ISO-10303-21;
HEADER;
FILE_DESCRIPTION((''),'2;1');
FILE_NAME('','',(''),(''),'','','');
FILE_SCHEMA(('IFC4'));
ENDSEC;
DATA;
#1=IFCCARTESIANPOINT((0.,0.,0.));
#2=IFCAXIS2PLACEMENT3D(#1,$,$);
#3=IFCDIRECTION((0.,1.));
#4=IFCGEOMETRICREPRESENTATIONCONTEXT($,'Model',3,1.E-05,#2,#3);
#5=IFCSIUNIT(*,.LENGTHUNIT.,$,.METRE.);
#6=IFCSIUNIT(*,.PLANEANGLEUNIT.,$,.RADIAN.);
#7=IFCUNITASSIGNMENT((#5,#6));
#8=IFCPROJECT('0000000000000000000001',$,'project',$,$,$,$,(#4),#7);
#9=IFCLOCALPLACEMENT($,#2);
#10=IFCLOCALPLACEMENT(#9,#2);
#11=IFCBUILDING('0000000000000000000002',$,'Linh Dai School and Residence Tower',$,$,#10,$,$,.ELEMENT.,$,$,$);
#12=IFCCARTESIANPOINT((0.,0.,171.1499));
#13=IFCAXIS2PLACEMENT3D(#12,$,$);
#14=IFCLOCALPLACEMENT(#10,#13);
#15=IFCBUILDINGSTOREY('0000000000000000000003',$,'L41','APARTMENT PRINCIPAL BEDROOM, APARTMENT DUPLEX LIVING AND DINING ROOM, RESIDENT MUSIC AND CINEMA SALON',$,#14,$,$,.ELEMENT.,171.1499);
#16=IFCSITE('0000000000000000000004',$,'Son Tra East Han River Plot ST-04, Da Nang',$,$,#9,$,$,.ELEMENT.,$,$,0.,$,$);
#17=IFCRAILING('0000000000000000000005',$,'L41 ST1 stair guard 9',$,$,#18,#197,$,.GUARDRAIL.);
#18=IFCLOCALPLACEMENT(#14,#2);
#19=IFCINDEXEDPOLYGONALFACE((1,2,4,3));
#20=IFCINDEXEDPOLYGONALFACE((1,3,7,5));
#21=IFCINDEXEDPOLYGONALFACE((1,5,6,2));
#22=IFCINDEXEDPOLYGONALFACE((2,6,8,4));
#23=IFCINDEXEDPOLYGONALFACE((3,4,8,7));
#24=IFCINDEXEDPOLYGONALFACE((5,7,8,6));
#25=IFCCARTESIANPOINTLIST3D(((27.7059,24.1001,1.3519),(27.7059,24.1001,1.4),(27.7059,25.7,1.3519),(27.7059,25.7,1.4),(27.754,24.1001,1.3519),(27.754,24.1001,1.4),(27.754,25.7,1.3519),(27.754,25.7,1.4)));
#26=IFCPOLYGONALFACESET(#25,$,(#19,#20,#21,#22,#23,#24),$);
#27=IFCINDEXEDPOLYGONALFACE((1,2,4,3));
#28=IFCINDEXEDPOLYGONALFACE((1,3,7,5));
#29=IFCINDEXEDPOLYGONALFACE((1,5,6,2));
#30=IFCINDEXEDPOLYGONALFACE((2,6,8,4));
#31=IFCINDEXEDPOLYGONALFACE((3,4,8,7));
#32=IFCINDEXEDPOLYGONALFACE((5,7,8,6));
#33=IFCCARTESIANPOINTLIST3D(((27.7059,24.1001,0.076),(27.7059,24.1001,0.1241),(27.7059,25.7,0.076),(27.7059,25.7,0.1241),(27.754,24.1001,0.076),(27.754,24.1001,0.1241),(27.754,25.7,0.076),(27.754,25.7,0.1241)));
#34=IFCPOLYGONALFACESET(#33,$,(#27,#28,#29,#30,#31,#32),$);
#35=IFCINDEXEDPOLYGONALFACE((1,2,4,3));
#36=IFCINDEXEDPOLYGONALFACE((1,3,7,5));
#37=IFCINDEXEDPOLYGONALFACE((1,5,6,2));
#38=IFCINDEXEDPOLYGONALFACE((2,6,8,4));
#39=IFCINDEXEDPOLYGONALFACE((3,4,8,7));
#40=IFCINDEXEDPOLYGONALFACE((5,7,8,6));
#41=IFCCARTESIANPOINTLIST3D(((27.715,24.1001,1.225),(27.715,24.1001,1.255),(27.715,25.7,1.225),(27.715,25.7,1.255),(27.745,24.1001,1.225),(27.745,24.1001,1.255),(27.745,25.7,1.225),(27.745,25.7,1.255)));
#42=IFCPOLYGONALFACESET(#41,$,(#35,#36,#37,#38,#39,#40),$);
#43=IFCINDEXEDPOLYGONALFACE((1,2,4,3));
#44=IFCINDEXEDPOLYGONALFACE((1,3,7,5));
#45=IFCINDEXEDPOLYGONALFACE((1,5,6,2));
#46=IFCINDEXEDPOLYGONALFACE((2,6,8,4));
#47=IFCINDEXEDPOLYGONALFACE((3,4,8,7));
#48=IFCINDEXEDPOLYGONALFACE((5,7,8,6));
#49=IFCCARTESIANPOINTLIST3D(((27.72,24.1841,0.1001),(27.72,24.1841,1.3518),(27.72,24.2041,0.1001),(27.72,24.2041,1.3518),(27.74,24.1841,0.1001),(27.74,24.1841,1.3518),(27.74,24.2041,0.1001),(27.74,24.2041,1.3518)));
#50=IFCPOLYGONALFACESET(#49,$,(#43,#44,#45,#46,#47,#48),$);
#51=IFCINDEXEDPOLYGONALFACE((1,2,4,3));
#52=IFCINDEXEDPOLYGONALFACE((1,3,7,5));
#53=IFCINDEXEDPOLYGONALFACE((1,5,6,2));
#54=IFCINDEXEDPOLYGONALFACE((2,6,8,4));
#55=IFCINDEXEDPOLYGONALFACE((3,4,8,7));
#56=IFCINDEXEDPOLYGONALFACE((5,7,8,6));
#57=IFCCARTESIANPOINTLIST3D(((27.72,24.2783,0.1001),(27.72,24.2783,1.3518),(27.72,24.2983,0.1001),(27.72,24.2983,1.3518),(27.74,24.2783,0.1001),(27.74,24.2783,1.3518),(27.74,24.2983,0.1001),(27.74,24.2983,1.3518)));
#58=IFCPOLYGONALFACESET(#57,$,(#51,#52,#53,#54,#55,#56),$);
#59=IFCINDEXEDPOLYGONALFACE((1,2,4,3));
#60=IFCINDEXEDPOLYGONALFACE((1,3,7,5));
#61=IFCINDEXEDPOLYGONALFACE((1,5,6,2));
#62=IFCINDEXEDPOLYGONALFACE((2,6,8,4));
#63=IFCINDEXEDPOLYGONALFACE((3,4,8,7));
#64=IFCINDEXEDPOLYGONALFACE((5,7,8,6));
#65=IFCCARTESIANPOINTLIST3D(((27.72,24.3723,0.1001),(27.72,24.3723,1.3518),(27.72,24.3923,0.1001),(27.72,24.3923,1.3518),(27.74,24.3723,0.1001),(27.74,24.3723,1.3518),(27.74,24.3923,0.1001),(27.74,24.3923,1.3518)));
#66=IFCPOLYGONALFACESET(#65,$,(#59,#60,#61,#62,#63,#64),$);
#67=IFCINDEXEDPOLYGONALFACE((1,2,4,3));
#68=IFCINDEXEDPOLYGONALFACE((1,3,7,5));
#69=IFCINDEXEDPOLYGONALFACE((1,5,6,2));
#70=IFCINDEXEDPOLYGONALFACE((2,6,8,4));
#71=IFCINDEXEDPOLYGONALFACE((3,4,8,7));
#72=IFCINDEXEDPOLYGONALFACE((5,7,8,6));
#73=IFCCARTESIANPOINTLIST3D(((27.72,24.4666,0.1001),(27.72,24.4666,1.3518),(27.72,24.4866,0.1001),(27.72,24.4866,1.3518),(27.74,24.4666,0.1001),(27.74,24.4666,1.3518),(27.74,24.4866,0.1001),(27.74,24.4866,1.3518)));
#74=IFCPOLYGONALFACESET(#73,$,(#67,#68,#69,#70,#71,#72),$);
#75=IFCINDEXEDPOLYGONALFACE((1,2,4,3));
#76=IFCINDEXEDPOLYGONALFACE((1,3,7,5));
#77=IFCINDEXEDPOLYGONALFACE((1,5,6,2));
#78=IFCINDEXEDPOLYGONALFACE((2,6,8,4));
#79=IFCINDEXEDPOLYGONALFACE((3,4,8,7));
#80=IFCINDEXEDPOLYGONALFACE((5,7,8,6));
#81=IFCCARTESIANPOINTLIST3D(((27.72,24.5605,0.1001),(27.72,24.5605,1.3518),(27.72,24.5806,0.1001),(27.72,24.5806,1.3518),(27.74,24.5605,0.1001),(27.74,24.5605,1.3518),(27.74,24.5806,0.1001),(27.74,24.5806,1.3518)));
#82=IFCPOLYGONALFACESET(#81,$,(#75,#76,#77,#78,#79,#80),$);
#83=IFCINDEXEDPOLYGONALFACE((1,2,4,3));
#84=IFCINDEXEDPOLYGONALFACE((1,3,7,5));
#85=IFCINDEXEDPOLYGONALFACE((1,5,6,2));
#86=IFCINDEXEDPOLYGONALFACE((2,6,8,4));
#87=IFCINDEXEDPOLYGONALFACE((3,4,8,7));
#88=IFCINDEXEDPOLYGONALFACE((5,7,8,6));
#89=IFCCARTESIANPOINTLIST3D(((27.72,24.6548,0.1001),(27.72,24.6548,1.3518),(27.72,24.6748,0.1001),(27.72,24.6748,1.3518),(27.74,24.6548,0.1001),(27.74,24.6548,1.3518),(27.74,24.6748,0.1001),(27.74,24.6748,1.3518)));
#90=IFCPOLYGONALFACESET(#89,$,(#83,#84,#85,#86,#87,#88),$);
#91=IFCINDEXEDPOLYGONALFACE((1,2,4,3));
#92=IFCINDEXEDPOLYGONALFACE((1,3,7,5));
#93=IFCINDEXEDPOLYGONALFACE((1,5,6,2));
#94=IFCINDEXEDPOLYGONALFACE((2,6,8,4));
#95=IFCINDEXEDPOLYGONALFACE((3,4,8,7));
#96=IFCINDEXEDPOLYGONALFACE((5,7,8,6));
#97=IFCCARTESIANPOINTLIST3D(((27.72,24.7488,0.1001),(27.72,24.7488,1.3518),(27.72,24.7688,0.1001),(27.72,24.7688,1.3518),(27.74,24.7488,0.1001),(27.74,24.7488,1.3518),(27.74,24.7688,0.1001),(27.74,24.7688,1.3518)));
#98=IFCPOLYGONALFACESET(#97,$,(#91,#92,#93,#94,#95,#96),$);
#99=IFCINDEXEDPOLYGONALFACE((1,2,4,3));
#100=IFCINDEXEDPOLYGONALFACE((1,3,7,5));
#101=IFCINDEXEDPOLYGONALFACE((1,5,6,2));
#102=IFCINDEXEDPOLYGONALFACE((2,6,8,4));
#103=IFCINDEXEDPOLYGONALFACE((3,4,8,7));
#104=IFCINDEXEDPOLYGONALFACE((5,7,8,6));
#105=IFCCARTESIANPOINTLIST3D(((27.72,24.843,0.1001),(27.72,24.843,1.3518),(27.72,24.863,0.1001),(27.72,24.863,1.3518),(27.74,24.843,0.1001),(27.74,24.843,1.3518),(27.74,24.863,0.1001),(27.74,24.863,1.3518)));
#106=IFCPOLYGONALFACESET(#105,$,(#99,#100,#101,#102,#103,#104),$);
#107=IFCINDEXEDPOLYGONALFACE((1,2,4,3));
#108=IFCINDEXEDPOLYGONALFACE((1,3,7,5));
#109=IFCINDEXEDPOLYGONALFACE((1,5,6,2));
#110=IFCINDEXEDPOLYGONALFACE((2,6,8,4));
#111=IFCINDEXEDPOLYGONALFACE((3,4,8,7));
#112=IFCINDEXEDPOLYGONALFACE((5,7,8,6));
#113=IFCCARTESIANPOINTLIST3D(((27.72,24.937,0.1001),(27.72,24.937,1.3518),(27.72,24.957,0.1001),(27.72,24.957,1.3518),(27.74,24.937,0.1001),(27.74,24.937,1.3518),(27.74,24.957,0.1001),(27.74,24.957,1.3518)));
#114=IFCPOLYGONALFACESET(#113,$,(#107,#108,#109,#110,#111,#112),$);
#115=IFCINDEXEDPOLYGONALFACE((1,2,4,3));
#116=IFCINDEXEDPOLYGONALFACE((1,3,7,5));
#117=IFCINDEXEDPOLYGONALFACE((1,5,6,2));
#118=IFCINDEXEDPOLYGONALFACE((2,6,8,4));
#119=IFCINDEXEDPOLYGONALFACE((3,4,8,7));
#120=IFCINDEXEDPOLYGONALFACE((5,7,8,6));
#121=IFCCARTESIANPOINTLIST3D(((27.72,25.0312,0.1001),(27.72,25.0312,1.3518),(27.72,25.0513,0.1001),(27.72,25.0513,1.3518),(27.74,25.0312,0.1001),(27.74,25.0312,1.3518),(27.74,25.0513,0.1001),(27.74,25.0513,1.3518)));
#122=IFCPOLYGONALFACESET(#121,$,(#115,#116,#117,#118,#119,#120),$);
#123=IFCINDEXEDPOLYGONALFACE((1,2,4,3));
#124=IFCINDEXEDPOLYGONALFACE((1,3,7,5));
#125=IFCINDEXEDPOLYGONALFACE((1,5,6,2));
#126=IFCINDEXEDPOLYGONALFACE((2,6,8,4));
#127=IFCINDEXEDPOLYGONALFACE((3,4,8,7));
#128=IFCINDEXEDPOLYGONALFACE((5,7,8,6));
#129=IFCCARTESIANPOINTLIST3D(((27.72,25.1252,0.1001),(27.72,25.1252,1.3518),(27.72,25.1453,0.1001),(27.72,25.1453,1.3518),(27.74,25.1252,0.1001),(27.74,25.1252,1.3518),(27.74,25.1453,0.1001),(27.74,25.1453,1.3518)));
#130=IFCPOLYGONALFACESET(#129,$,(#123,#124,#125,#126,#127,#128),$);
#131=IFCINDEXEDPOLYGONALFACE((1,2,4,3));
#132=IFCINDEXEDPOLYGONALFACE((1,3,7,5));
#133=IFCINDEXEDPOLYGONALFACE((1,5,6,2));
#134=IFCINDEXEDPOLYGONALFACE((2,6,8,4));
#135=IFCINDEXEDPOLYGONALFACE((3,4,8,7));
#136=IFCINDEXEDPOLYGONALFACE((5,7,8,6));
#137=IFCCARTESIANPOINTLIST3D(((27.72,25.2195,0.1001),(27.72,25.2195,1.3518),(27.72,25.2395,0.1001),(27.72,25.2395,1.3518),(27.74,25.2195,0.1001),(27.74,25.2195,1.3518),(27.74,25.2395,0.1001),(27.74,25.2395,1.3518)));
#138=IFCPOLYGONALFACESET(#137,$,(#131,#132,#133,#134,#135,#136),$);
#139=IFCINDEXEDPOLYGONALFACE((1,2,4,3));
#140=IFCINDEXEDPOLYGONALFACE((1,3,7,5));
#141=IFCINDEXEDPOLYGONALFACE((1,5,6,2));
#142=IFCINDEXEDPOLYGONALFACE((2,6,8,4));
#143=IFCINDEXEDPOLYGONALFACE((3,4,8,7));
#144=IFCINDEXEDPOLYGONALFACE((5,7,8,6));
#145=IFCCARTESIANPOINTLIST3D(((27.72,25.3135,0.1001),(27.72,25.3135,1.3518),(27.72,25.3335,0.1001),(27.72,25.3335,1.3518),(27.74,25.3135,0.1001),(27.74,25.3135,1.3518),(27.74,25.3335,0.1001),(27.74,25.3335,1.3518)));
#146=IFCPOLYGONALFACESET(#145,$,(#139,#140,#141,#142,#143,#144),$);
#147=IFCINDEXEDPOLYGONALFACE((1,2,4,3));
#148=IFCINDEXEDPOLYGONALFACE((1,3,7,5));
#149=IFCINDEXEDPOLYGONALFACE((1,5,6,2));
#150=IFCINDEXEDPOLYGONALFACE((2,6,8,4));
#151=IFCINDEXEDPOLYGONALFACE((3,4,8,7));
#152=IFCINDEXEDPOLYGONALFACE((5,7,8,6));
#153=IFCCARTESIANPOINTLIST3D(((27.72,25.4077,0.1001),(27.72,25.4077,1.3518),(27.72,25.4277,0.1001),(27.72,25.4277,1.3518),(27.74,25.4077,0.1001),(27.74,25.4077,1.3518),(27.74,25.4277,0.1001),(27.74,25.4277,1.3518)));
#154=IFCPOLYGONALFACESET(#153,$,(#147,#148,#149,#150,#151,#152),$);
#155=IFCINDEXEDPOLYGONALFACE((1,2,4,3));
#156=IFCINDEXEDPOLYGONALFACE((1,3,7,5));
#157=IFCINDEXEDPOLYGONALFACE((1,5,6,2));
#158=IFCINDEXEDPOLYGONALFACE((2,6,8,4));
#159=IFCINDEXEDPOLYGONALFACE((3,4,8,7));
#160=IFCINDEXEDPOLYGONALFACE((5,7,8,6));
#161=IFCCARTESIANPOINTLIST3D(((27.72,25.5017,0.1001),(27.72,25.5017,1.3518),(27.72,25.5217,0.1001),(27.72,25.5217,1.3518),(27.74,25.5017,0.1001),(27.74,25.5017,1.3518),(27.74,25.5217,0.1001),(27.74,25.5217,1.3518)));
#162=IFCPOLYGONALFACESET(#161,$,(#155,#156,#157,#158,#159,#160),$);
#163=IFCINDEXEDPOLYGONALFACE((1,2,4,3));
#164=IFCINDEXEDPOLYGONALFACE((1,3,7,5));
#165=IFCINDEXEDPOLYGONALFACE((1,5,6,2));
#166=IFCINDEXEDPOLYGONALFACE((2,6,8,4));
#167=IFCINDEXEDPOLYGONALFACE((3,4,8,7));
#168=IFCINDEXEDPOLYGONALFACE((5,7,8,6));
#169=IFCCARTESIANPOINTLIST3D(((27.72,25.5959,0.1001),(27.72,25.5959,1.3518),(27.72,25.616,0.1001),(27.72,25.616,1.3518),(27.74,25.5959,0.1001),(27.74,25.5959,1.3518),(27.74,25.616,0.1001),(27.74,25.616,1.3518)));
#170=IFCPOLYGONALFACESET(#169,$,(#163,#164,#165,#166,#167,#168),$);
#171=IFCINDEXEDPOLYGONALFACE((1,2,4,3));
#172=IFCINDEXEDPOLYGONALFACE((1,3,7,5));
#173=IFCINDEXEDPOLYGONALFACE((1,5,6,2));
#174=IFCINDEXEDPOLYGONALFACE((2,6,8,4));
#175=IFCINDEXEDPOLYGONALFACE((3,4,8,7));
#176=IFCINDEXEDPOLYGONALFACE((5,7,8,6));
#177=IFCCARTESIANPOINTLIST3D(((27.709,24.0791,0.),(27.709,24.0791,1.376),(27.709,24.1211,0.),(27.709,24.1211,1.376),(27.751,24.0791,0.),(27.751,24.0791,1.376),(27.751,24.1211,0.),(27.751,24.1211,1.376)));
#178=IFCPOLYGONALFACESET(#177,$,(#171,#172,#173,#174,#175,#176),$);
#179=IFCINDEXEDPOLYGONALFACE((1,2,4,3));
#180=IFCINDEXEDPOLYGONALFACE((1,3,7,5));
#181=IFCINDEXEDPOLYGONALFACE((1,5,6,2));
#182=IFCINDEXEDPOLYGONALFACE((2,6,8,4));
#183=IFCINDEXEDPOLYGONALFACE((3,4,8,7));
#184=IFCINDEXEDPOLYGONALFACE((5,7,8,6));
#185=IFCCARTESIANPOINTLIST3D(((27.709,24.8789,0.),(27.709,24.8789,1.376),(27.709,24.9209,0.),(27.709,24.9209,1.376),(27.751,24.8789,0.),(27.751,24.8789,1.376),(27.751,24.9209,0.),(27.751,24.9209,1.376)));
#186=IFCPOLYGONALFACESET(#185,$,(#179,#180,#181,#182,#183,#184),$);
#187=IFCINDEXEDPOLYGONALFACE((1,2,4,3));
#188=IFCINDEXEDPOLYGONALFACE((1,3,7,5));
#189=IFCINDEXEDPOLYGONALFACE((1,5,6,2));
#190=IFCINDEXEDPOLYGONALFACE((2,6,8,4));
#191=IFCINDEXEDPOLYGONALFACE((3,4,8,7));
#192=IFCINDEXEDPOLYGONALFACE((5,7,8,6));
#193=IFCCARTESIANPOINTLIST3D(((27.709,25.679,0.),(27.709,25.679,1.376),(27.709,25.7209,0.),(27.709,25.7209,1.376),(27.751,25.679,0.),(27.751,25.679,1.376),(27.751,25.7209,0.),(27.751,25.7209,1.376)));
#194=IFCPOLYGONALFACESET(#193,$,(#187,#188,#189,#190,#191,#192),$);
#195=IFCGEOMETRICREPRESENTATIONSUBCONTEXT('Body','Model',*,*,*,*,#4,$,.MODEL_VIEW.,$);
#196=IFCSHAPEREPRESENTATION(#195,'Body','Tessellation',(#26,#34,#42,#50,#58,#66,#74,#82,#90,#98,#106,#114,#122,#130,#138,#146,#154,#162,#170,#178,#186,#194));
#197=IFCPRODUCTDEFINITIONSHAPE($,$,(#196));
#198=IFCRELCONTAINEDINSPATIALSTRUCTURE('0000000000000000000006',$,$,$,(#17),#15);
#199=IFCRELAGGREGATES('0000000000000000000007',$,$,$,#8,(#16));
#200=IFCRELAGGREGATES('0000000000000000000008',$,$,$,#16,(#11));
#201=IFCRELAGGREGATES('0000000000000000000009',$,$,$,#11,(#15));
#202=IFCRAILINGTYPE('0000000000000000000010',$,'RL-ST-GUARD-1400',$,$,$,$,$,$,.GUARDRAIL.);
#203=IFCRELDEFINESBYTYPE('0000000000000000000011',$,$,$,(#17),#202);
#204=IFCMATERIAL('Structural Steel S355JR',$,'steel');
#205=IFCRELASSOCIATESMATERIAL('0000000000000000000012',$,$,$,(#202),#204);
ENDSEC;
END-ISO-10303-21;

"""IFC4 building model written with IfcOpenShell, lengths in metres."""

from ifc_helpers import new_model, si_unit, direction, frame, origin, origin_2d, place, context, subcontext, project, spatial, rectangle, extrude, source, transform, mapped, material, type_object, element, save


model = new_model("IFC4")

# Units and contexts
model_context = context("Model", 3, precision=1e-05, world=origin(), true_north=direction((0.0, 1.0)))
body_context = subcontext(model_context, "Body", "Model", "MODEL_VIEW")
ifc_project = project(units=[si_unit("LENGTHUNIT", "METRE"), si_unit("PLANEANGLEUNIT", "RADIAN")], contexts=[model_context])

# Site, building, storey
site_placement = place(None, origin())
site = spatial("IfcSite", under=ifc_project, at=site_placement, Name="Son Tra East Han River Plot ST-04, Da Nang", CompositionType="ELEMENT", RefElevation=0.0)
building_placement = place(site_placement, origin())
building = spatial("IfcBuilding", under=site, at=building_placement, Name="Linh Dai School and Residence Tower", CompositionType="ELEMENT")
storey_placement = place(building_placement, frame((0.0, 0.0, 171.1499)))
storey = spatial("IfcBuildingStorey", under=building, at=storey_placement, Name="L41", Description="APARTMENT PRINCIPAL BEDROOM, APARTMENT DUPLEX LIVING AND DINING ROOM, RESIDENT MUSIC AND CINEMA SALON", CompositionType="ELEMENT", Elevation=171.1499)

# Shared definitions
ifc_material_1 = material(Name="Structural Steel S355JR", Category="steel")

# Railing
railing_type = type_object("IfcRailingType", Name="RL-ST-GUARD-1400", PredefinedType="GUARDRAIL", material=ifc_material_1)
shared_shape_1 = source(origin(), body_context, "Body", "SweptSolid", [
    extrude(rectangle(XDim=0.0481, YDim=0.0481, at=origin_2d()), frame((0.0, 0.0, 1.376), z_axis=(0.0, 1.0, 0.0), x_axis=(-1.0, 0.0, 0.0)), (0.0, 0.0, 1.0), 1.5999),
    extrude(rectangle(XDim=0.0481, YDim=0.0481, at=origin_2d()), frame((0.0, 0.0, 0.1001), z_axis=(0.0, 1.0, 0.0), x_axis=(-1.0, 0.0, 0.0)), (0.0, 0.0, 1.0), 1.5999),
    extrude(rectangle(XDim=0.03, YDim=0.03, at=origin_2d()), frame((0.0, 0.0, 1.24), z_axis=(0.0, 1.0, 0.0), x_axis=(-1.0, 0.0, 0.0)), (0.0, 0.0, 1.0), 1.5999),
    extrude(rectangle(XDim=0.02, YDim=0.02, at=origin_2d()), frame((0.0, 0.094, 0.1001)), (0.0, 0.0, 1.0), 1.2517),
    extrude(rectangle(XDim=0.02, YDim=0.02, at=origin_2d()), frame((0.0, 0.1882, 0.1001)), (0.0, 0.0, 1.0), 1.2517),
    extrude(rectangle(XDim=0.02, YDim=0.02, at=origin_2d()), frame((0.0, 0.2822, 0.1001)), (0.0, 0.0, 1.0), 1.2517),
    extrude(rectangle(XDim=0.02, YDim=0.02, at=origin_2d()), frame((0.0, 0.3765, 0.1001)), (0.0, 0.0, 1.0), 1.2517),
    extrude(rectangle(XDim=0.02, YDim=0.02, at=origin_2d()), frame((0.0, 0.4705, 0.1001)), (0.0, 0.0, 1.0), 1.2517),
    extrude(rectangle(XDim=0.02, YDim=0.02, at=origin_2d()), frame((0.0, 0.5647, 0.1001)), (0.0, 0.0, 1.0), 1.2517),
    extrude(rectangle(XDim=0.02, YDim=0.02, at=origin_2d()), frame((0.0, 0.6587, 0.1001)), (0.0, 0.0, 1.0), 1.2517),
    extrude(rectangle(XDim=0.02, YDim=0.02, at=origin_2d()), frame((0.0, 0.7529, 0.1001)), (0.0, 0.0, 1.0), 1.2517),
    extrude(rectangle(XDim=0.02, YDim=0.02, at=origin_2d()), frame((0.0, 0.8469, 0.1001)), (0.0, 0.0, 1.0), 1.2517),
    extrude(rectangle(XDim=0.02, YDim=0.02, at=origin_2d()), frame((0.0, 0.9412, 0.1001)), (0.0, 0.0, 1.0), 1.2517),
    extrude(rectangle(XDim=0.02, YDim=0.02, at=origin_2d()), frame((0.0, 1.0352, 0.1001)), (0.0, 0.0, 1.0), 1.2517),
    extrude(rectangle(XDim=0.02, YDim=0.02, at=origin_2d()), frame((0.0, 1.1294, 0.1001)), (0.0, 0.0, 1.0), 1.2517),
    extrude(rectangle(XDim=0.02, YDim=0.02, at=origin_2d()), frame((0.0, 1.2234, 0.1001)), (0.0, 0.0, 1.0), 1.2517),
    extrude(rectangle(XDim=0.02, YDim=0.02, at=origin_2d()), frame((0.0, 1.3176, 0.1001)), (0.0, 0.0, 1.0), 1.2517),
    extrude(rectangle(XDim=0.02, YDim=0.02, at=origin_2d()), frame((0.0, 1.4116, 0.1001)), (0.0, 0.0, 1.0), 1.2517),
    extrude(rectangle(XDim=0.02, YDim=0.02, at=origin_2d()), frame((0.0, 1.5059, 0.1001)), (0.0, 0.0, 1.0), 1.2517),
    extrude(rectangle(XDim=0.042, YDim=0.042, at=origin_2d()), origin(), (0.0, 0.0, 1.0), 1.376),
    extrude(rectangle(XDim=0.042, YDim=0.042, at=origin_2d()), frame((0.0, 0.7998, 0.0)), (0.0, 0.0, 1.0), 1.376),
    extrude(rectangle(XDim=0.042, YDim=0.042, at=origin_2d()), frame((0.0, 1.5999, 0.0)), (0.0, 0.0, 1.0), 1.376),
])
for number, where, name in (
    (1, (27.73, 24.1001, 0.0), "L41 ST1 stair guard 9"),
):
    element("IfcRailing", number, at=place(storey_placement, frame(where)), inside=storey, type_object=railing_type, Name=name, PredefinedType="GUARDRAIL", context=body_context, shape_type="MappedRepresentation", body=[
        mapped(shared_shape_1, transform((0.0, 0.0, 0.0), x_axis=(1.0, 0.0, 0.0), y_axis=(0.0, 1.0, 0.0), z_axis=(0.0, 0.0, 1.0), scale=1.0)),
    ])

save(model, "model.ifc")
